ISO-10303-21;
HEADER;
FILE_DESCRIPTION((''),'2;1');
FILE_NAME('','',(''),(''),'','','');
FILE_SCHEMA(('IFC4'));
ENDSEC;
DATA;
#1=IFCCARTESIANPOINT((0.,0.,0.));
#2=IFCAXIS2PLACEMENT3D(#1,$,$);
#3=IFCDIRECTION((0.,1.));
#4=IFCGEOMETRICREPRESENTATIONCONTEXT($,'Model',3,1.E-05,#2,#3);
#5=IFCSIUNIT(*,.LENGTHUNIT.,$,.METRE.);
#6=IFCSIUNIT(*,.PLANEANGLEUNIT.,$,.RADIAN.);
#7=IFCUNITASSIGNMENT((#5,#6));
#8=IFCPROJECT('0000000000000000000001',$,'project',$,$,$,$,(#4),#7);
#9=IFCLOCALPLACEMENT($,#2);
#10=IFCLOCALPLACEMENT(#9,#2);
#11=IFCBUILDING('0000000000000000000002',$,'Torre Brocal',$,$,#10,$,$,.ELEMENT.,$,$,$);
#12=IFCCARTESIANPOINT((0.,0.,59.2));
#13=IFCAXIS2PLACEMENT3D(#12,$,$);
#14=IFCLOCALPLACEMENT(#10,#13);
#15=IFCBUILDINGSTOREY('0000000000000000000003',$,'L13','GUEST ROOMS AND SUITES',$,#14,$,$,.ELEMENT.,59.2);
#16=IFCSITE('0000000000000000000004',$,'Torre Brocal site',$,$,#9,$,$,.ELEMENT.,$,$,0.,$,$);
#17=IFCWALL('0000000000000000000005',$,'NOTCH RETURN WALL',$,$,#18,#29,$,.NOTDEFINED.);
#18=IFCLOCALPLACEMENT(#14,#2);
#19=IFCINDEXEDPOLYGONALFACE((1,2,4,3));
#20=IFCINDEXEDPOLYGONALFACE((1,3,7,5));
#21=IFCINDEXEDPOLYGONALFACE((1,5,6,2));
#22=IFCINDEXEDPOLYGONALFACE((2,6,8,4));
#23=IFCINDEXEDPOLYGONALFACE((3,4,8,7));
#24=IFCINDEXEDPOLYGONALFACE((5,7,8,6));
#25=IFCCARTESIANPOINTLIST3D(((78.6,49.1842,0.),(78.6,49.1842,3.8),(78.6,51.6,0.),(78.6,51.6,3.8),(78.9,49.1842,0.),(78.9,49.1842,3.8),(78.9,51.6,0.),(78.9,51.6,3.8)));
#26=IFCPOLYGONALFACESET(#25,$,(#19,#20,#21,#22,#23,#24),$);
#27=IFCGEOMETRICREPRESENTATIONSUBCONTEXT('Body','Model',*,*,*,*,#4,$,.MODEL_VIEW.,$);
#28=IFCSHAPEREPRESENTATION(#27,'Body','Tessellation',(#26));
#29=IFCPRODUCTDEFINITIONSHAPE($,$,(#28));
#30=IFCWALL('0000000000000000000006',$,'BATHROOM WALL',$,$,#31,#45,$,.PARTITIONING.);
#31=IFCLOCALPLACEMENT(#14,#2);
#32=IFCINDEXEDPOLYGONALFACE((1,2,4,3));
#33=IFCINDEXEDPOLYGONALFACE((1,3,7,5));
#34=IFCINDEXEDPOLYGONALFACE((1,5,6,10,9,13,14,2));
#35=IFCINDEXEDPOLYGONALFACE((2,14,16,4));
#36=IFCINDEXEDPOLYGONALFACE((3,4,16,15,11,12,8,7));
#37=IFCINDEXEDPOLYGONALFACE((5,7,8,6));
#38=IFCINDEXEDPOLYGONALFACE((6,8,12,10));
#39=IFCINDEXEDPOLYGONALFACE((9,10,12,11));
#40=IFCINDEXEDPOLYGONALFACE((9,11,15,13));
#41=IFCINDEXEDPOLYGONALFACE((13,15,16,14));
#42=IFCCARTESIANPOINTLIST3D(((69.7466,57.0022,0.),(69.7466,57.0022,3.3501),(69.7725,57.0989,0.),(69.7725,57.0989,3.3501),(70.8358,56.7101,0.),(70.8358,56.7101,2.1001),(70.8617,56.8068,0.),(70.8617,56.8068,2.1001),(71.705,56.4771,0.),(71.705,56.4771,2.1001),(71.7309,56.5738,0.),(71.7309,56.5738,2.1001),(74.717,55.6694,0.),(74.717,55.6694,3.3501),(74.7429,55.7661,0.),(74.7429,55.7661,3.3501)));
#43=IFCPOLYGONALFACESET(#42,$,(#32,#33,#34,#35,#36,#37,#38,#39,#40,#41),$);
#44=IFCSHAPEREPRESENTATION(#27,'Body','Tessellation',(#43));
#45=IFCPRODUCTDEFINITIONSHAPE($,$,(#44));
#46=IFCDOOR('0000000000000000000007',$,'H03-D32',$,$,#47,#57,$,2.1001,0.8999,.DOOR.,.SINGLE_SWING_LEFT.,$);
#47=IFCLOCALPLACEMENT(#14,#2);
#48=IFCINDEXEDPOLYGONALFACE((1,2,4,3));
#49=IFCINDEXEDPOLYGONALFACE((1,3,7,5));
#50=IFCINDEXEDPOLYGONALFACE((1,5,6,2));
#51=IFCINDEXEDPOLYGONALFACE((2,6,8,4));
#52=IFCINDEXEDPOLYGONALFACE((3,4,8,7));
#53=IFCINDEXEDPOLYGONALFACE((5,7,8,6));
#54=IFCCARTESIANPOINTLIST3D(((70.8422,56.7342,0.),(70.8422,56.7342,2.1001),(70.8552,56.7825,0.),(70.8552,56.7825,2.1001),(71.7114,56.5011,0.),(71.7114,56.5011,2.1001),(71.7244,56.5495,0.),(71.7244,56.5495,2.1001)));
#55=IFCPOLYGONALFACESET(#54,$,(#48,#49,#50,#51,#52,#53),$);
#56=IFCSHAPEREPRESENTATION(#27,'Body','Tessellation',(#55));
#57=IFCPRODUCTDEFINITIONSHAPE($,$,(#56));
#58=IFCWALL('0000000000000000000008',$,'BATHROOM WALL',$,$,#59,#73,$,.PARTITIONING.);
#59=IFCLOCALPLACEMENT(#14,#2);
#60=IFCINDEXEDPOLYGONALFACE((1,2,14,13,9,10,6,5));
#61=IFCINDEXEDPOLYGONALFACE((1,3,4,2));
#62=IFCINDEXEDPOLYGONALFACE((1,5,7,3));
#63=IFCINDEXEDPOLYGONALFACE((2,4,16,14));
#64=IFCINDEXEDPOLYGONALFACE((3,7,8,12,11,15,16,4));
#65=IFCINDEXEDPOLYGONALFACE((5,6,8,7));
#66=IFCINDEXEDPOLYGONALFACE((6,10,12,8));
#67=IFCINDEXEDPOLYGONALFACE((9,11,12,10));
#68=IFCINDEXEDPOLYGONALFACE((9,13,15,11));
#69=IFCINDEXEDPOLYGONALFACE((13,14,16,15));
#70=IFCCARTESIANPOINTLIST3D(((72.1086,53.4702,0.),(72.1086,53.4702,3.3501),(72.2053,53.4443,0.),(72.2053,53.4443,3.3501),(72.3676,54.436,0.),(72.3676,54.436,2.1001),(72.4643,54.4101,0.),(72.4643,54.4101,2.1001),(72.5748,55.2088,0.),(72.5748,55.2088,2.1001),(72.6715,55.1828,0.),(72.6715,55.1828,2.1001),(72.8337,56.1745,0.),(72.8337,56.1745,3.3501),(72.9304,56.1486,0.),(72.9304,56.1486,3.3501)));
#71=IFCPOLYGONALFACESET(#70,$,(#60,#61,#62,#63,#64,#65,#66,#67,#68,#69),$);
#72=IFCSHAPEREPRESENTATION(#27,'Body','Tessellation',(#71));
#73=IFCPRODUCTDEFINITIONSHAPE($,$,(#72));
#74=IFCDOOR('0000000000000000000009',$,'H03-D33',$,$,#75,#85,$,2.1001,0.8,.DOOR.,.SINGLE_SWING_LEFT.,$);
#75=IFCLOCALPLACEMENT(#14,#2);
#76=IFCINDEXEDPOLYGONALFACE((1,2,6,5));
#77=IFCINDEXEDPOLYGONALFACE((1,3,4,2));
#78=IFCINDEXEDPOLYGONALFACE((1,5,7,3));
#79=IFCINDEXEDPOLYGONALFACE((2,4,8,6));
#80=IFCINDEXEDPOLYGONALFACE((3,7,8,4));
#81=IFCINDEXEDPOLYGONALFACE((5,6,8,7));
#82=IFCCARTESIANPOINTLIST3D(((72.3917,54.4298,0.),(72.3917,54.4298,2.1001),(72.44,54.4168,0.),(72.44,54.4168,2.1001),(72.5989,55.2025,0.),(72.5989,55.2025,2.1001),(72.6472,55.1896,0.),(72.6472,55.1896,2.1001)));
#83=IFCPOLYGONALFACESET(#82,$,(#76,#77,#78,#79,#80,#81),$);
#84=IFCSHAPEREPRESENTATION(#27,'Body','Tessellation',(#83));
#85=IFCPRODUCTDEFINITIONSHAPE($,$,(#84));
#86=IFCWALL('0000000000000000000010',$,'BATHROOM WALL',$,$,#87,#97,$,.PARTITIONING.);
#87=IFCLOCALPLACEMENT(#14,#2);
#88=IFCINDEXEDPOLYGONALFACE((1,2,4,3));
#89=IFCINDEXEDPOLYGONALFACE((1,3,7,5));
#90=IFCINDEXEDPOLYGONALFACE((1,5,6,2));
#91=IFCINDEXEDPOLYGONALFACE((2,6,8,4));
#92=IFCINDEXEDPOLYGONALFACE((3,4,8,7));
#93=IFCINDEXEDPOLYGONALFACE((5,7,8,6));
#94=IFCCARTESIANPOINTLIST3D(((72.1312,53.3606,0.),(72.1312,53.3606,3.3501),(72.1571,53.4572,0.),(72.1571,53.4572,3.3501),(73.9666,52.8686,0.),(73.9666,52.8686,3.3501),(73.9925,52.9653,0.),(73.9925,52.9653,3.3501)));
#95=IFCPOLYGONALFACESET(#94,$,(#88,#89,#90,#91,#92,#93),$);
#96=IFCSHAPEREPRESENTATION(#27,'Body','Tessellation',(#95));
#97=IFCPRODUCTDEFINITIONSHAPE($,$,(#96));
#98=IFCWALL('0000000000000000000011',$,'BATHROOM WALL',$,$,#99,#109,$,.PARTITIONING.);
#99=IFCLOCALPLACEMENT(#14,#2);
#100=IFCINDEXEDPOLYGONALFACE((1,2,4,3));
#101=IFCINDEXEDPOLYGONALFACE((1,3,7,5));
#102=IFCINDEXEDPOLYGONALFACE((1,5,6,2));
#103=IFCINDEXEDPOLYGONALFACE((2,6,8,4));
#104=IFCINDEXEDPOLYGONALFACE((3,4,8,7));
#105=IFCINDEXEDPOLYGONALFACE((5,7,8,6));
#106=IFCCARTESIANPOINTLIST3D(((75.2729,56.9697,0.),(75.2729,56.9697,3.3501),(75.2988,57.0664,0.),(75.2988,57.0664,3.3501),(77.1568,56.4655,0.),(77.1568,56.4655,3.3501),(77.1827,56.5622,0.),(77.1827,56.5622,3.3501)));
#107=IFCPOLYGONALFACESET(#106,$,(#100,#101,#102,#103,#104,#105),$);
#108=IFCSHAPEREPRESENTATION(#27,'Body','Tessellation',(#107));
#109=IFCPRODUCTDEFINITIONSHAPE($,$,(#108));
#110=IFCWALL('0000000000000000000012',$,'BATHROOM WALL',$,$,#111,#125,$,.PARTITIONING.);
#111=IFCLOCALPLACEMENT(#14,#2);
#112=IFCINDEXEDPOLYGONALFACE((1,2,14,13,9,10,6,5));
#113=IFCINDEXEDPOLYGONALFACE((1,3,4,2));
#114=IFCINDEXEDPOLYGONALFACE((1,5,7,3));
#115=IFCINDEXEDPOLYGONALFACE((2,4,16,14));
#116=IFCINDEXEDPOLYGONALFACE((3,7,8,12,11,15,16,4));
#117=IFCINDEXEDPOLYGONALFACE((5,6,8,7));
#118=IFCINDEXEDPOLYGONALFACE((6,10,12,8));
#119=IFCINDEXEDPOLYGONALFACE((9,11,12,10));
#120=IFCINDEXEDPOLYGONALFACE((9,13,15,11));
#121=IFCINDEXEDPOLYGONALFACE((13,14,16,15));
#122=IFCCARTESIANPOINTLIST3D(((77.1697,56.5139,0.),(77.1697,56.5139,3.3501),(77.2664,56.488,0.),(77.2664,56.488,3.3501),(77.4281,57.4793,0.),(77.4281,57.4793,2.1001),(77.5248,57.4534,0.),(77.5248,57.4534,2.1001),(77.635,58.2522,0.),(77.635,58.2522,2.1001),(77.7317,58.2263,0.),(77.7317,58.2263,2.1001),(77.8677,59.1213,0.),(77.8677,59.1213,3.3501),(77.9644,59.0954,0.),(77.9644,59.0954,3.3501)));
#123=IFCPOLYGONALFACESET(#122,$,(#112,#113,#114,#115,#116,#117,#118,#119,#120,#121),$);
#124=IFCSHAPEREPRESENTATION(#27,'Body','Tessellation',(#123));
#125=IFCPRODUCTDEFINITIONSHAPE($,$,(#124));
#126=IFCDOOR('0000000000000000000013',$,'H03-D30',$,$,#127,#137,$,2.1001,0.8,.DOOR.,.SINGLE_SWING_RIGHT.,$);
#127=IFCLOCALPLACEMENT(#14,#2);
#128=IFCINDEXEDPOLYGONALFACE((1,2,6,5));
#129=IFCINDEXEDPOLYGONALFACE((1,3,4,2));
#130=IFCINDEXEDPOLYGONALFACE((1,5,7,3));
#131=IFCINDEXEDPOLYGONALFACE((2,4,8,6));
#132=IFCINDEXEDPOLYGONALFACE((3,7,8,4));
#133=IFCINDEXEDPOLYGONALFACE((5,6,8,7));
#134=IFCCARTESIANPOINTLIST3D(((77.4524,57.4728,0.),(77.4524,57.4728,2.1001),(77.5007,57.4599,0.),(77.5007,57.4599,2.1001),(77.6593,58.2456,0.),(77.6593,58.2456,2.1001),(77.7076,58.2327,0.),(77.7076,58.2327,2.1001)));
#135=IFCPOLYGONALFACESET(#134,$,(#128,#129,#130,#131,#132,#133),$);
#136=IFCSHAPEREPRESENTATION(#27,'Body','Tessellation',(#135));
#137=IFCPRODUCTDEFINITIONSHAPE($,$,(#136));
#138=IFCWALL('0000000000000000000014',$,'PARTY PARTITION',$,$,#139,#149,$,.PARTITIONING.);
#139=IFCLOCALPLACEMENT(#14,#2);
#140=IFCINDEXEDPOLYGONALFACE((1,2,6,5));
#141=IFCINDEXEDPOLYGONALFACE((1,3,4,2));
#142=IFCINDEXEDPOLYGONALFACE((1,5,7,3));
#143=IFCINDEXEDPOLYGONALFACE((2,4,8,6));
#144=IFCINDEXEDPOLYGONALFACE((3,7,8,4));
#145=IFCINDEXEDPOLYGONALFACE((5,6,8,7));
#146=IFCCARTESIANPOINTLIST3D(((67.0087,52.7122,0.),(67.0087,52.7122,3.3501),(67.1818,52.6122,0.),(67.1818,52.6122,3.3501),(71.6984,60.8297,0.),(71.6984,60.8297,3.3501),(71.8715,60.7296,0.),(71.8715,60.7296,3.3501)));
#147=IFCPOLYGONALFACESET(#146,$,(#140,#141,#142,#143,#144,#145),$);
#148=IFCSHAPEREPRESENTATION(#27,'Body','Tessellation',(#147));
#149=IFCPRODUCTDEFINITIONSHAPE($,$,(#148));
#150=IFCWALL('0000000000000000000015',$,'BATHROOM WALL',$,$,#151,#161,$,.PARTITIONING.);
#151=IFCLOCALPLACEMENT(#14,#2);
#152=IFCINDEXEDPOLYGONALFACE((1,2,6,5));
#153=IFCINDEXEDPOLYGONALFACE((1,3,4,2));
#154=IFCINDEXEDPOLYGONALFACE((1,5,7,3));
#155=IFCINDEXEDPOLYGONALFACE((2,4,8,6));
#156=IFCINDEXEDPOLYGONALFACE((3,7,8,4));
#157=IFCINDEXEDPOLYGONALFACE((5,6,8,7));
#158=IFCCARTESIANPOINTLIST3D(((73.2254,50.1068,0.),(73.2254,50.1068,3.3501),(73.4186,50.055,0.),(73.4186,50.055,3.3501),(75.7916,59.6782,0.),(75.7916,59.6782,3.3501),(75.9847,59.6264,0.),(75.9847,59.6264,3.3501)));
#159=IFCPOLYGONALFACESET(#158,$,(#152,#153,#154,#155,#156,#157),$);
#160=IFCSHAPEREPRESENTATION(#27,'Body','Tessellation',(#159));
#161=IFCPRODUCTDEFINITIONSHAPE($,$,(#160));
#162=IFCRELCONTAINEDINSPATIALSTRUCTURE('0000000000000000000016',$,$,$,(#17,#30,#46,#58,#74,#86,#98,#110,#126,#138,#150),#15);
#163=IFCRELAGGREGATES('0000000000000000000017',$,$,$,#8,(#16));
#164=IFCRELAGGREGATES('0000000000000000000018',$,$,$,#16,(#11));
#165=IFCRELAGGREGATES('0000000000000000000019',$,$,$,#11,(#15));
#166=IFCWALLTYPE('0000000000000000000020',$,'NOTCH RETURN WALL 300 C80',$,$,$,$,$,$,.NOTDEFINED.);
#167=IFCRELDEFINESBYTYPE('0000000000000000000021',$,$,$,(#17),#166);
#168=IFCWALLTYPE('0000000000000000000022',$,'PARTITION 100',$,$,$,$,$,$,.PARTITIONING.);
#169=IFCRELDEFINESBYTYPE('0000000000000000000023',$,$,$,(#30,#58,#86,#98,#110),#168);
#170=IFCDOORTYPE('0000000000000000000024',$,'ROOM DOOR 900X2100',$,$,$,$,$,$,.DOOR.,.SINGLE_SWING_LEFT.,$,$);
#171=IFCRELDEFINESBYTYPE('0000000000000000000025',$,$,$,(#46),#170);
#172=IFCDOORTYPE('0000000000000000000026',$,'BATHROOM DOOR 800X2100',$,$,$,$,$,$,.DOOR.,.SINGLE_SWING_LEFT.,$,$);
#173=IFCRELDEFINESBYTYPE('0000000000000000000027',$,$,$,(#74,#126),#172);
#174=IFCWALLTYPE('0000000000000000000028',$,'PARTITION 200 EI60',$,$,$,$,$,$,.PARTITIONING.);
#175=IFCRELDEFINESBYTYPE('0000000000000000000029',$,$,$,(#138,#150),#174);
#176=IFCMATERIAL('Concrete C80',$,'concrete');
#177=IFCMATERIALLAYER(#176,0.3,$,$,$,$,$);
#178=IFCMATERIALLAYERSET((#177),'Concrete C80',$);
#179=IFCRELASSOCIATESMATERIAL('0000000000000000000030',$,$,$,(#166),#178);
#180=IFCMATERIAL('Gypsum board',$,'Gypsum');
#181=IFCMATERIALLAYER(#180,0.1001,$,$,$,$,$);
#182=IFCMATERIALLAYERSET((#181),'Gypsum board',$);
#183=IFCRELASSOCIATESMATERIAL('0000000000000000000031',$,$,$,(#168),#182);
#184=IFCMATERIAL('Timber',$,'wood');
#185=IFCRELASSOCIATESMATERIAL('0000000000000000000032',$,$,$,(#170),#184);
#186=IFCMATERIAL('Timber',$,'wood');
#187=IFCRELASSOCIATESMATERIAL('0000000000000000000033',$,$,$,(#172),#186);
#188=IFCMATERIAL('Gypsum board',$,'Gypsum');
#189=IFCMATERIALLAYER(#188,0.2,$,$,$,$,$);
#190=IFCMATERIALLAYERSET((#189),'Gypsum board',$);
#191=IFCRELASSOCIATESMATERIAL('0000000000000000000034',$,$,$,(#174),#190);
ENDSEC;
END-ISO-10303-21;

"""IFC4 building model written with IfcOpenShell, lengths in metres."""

from ifc_helpers import new_model, si_unit, direction, frame, frame_2d, origin, place, context, subcontext, project, spatial, rectangle, extrude, material, layer, layer_set, type_object, element, fill, save


model = new_model("IFC4")

# Units and contexts
model_context = context("Model", 3, precision=1e-05, world=origin(), true_north=direction((0.0, 1.0)))
body_context = subcontext(model_context, "Body", "Model", "MODEL_VIEW")
ifc_project = project(units=[si_unit("LENGTHUNIT", "METRE"), si_unit("PLANEANGLEUNIT", "RADIAN")], contexts=[model_context])

# Site, building, storey
site_placement = place(None, origin())
site = spatial("IfcSite", under=ifc_project, at=site_placement, Name="Torre Brocal site", CompositionType="ELEMENT", RefElevation=0.0)
building_placement = place(site_placement, origin())
building = spatial("IfcBuilding", under=site, at=building_placement, Name="Torre Brocal", CompositionType="ELEMENT")
storey_placement = place(building_placement, frame((0.0, 0.0, 59.2)))
storey = spatial("IfcBuildingStorey", under=building, at=storey_placement, Name="L13", Description="GUEST ROOMS AND SUITES", CompositionType="ELEMENT", Elevation=59.2)

# Wall
ifc_material_1 = material(Name="Concrete C80", Category="concrete")
ifc_layer_1 = layer(ifc_material_1, 0.3)
ifc_layer_set_1 = layer_set([ifc_layer_1], Name="Concrete C80")
wall_type_1 = type_object("IfcWallType", Name="NOTCH RETURN WALL 300 C80", PredefinedType="NOTDEFINED", material=ifc_layer_set_1)
wall_1_placement = place(storey_placement, frame((78.75, 51.6001, 0.0), z_axis=(0.0, 0.0, 1.0), x_axis=(0.0, -1.0, 0.0)))
element("IfcWall", 1, at=wall_1_placement, inside=storey, type_object=wall_type_1, Name="NOTCH RETURN WALL", PredefinedType="NOTDEFINED", context=body_context, shape_type="SweptSolid", body=[
    extrude(rectangle(XDim=2.4158, YDim=0.3, at=frame_2d((1.208, 0.0))), origin(), (0.0, 0.0, 1.0), 3.8),
])

# Walls, openings, doors
ifc_material_2 = material(Name="Gypsum board", Category="Gypsum")
ifc_layer_2 = layer(ifc_material_2, 0.1001)
ifc_layer_set_2 = layer_set([ifc_layer_2], Name="Gypsum board")
wall_type_2 = type_object("IfcWallType", Name="PARTITION 100", PredefinedType="PARTITIONING", material=ifc_layer_set_2)
wall_2_placement = place(storey_placement, frame((69.7595, 57.0505, 0.0), z_axis=(0.0, 0.0, 1.0), x_axis=(0.96588, -0.258988, 0.0)))
wall_2 = element("IfcWall", 2, at=wall_2_placement, inside=storey, type_object=wall_type_2, Name="BATHROOM WALL", PredefinedType="PARTITIONING", context=body_context, shape_type="SweptSolid", body=[
    extrude(rectangle(XDim=5.146, YDim=0.1001, at=frame_2d((2.573, 0.0))), origin(), (0.0, 0.0, 1.0), 3.3501),
])
opening_1_placement = place(wall_2_placement, frame((1.1277, 0.0, 0.0)))
opening_1 = element("IfcOpeningElement", 3, at=opening_1_placement, cuts=wall_2, PredefinedType="OPENING", context=body_context, shape_type="SweptSolid", body=[
    extrude(rectangle(XDim=0.8999, YDim=2.1001, at=frame_2d((0.45, 1.05))), frame((0.0, 0.0601, 0.0), z_axis=(0.0, -1.0, 0.0), x_axis=(1.0, 0.0, 0.0)), (0.0, 0.0, 1.0), 0.1201),
])
ifc_material_3 = material(Name="Timber", Category="wood")
door_type_1 = type_object("IfcDoorType", Name="ROOM DOOR 900X2100", OperationType="SINGLE_SWING_LEFT", PredefinedType="DOOR", material=ifc_material_3)
door_1_placement = place(opening_1_placement, origin())
door_1 = element("IfcDoor", 4, at=door_1_placement, inside=storey, type_object=door_type_1, Name="H03-D32", OperationType="SINGLE_SWING_LEFT", OverallHeight=2.1001, OverallWidth=0.8999, PredefinedType="DOOR", context=body_context, shape_type="SweptSolid", body=[
    extrude(rectangle(XDim=0.8999, YDim=2.1001, at=frame_2d((0.45, 1.05))), frame((0.0, 0.0249, 0.0), z_axis=(0.0, -1.0, 0.0), x_axis=(1.0, 0.0, 0.0)), (0.0, 0.0, 1.0), 0.05),
])
fill(opening_1, door_1)
wall_3_placement = place(storey_placement, frame((72.157, 53.4573, 0.0), z_axis=(0.0, 0.0, 1.0), x_axis=(0.258976, 0.965884, 0.0)))
wall_3 = element("IfcWall", 5, at=wall_3_placement, inside=storey, type_object=wall_type_2, Name="BATHROOM WALL", PredefinedType="PARTITIONING", context=body_context, shape_type="SweptSolid", body=[
    extrude(rectangle(XDim=2.7998, YDim=0.1001, at=frame_2d((1.3999, 0.0))), origin(), (0.0, 0.0, 1.0), 3.3501),
])
opening_2_placement = place(wall_3_placement, frame((1.0, 0.0, 0.0)))
opening_2 = element("IfcOpeningElement", 6, at=opening_2_placement, cuts=wall_3, PredefinedType="OPENING", context=body_context, shape_type="SweptSolid", body=[
    extrude(rectangle(XDim=0.8, YDim=2.1001, at=frame_2d((0.3999, 1.05))), frame((0.0, 0.0601, 0.0), z_axis=(0.0, -1.0, 0.0), x_axis=(1.0, 0.0, 0.0)), (0.0, 0.0, 1.0), 0.1201),
])
ifc_material_4 = material(Name="Timber", Category="wood")
door_type_2 = type_object("IfcDoorType", Name="BATHROOM DOOR 800X2100", OperationType="SINGLE_SWING_LEFT", PredefinedType="DOOR", material=ifc_material_4)
door_2_placement = place(opening_2_placement, frame((0.8, 0.0, 0.0), z_axis=(0.0, 0.0, 1.0), x_axis=(-1.0, 0.0, 0.0)))
door_2 = element("IfcDoor", 7, at=door_2_placement, inside=storey, type_object=door_type_2, Name="H03-D33", OperationType="SINGLE_SWING_LEFT", OverallHeight=2.1001, OverallWidth=0.8, PredefinedType="DOOR", context=body_context, shape_type="SweptSolid", body=[
    extrude(rectangle(XDim=0.8, YDim=2.1001, at=frame_2d((0.3999, 1.05))), frame((0.0, 0.0249, 0.0), z_axis=(0.0, -1.0, 0.0), x_axis=(1.0, 0.0, 0.0)), (0.0, 0.0, 1.0), 0.05),
])
fill(opening_2, door_2)

# Walls
wall_4_placement = place(storey_placement, frame((72.144, 53.4089, 0.0), z_axis=(0.0, 0.0, 1.0), x_axis=(0.965908, -0.258886, 0.0)))
element("IfcWall", 8, at=wall_4_placement, inside=storey, type_object=wall_type_2, Name="BATHROOM WALL", PredefinedType="PARTITIONING", context=body_context, shape_type="SweptSolid", body=[
    extrude(rectangle(XDim=1.9001, YDim=0.1001, at=frame_2d((0.9502, 0.0))), origin(), (0.0, 0.0, 1.0), 3.3501),
])
wall_5_placement = place(storey_placement, frame((75.2859, 57.0181, 0.0), z_axis=(0.0, 0.0, 1.0), x_axis=(0.966004, -0.258527, 0.0)))
element("IfcWall", 9, at=wall_5_placement, inside=storey, type_object=wall_type_2, Name="BATHROOM WALL", PredefinedType="PARTITIONING", context=body_context, shape_type="SweptSolid", body=[
    extrude(rectangle(XDim=1.9502, YDim=0.1001, at=frame_2d((0.9751, 0.0))), origin(), (0.0, 0.0, 1.0), 3.3501),
])

# Wall, opening, door
wall_6_placement = place(storey_placement, frame((77.218, 56.501, 0.0), z_axis=(0.0, 0.0, 1.0), x_axis=(0.258591, 0.965987, 0.0)))
wall_6 = element("IfcWall", 10, at=wall_6_placement, inside=storey, type_object=wall_type_2, Name="BATHROOM WALL", PredefinedType="PARTITIONING", context=body_context, shape_type="SweptSolid", body=[
    extrude(rectangle(XDim=2.6992, YDim=0.1001, at=frame_2d((1.3496, 0.0))), origin(), (0.0, 0.0, 1.0), 3.3501),
])
opening_3_placement = place(wall_6_placement, frame((0.9995, 0.0, 0.0)))
opening_3 = element("IfcOpeningElement", 11, at=opening_3_placement, cuts=wall_6, PredefinedType="OPENING", context=body_context, shape_type="SweptSolid", body=[
    extrude(rectangle(XDim=0.8, YDim=2.1001, at=frame_2d((0.3999, 1.05))), frame((0.0, 0.0601, 0.0), z_axis=(0.0, -1.0, 0.0), x_axis=(1.0, 0.0, 0.0)), (0.0, 0.0, 1.0), 0.1201),
])
door_3_placement = place(opening_3_placement, origin())
door_3 = element("IfcDoor", 12, at=door_3_placement, inside=storey, type_object=door_type_2, Name="H03-D30", OperationType="SINGLE_SWING_RIGHT", OverallHeight=2.1001, OverallWidth=0.8, PredefinedType="DOOR", context=body_context, shape_type="SweptSolid", body=[
    extrude(rectangle(XDim=0.8, YDim=2.1001, at=frame_2d((0.3999, 1.05))), frame((0.0, 0.0249, 0.0), z_axis=(0.0, -1.0, 0.0), x_axis=(1.0, 0.0, 0.0)), (0.0, 0.0, 1.0), 0.05),
])
fill(opening_3, door_3)

# Walls
ifc_material_5 = material(Name="Gypsum board", Category="Gypsum")
ifc_layer_3 = layer(ifc_material_5, 0.2)
ifc_layer_set_3 = layer_set([ifc_layer_3], Name="Gypsum board")
wall_type_3 = type_object("IfcWallType", Name="PARTITION 200 EI60", PredefinedType="PARTITIONING", material=ifc_layer_set_3)
wall_7_placement = place(storey_placement, frame((67.0952, 52.6621, 0.0), z_axis=(0.0, 0.0, 1.0), x_axis=(0.500248, 0.865882, 0.0)))
element("IfcWall", 13, at=wall_7_placement, inside=storey, type_object=wall_type_3, Name="PARTY PARTITION", PredefinedType="PARTITIONING", context=body_context, shape_type="SweptSolid", body=[
    extrude(rectangle(XDim=9.3748, YDim=0.2, at=frame_2d((4.6875, 0.0))), origin(), (0.0, 0.0, 1.0), 3.3501),
])
wall_8_placement = place(storey_placement, frame((73.322, 50.0811, 0.0), z_axis=(0.0, 0.0, 1.0), x_axis=(0.258964, 0.965887, 0.0)))
element("IfcWall", 14, at=wall_8_placement, inside=storey, type_object=wall_type_3, Name="BATHROOM WALL", PredefinedType="PARTITIONING", context=body_context, shape_type="SweptSolid", body=[
    extrude(rectangle(XDim=9.9094, YDim=0.2, at=frame_2d((4.9546, 0.0))), origin(), (0.0, 0.0, 1.0), 3.3501),
])

save(model, "model.ifc")
